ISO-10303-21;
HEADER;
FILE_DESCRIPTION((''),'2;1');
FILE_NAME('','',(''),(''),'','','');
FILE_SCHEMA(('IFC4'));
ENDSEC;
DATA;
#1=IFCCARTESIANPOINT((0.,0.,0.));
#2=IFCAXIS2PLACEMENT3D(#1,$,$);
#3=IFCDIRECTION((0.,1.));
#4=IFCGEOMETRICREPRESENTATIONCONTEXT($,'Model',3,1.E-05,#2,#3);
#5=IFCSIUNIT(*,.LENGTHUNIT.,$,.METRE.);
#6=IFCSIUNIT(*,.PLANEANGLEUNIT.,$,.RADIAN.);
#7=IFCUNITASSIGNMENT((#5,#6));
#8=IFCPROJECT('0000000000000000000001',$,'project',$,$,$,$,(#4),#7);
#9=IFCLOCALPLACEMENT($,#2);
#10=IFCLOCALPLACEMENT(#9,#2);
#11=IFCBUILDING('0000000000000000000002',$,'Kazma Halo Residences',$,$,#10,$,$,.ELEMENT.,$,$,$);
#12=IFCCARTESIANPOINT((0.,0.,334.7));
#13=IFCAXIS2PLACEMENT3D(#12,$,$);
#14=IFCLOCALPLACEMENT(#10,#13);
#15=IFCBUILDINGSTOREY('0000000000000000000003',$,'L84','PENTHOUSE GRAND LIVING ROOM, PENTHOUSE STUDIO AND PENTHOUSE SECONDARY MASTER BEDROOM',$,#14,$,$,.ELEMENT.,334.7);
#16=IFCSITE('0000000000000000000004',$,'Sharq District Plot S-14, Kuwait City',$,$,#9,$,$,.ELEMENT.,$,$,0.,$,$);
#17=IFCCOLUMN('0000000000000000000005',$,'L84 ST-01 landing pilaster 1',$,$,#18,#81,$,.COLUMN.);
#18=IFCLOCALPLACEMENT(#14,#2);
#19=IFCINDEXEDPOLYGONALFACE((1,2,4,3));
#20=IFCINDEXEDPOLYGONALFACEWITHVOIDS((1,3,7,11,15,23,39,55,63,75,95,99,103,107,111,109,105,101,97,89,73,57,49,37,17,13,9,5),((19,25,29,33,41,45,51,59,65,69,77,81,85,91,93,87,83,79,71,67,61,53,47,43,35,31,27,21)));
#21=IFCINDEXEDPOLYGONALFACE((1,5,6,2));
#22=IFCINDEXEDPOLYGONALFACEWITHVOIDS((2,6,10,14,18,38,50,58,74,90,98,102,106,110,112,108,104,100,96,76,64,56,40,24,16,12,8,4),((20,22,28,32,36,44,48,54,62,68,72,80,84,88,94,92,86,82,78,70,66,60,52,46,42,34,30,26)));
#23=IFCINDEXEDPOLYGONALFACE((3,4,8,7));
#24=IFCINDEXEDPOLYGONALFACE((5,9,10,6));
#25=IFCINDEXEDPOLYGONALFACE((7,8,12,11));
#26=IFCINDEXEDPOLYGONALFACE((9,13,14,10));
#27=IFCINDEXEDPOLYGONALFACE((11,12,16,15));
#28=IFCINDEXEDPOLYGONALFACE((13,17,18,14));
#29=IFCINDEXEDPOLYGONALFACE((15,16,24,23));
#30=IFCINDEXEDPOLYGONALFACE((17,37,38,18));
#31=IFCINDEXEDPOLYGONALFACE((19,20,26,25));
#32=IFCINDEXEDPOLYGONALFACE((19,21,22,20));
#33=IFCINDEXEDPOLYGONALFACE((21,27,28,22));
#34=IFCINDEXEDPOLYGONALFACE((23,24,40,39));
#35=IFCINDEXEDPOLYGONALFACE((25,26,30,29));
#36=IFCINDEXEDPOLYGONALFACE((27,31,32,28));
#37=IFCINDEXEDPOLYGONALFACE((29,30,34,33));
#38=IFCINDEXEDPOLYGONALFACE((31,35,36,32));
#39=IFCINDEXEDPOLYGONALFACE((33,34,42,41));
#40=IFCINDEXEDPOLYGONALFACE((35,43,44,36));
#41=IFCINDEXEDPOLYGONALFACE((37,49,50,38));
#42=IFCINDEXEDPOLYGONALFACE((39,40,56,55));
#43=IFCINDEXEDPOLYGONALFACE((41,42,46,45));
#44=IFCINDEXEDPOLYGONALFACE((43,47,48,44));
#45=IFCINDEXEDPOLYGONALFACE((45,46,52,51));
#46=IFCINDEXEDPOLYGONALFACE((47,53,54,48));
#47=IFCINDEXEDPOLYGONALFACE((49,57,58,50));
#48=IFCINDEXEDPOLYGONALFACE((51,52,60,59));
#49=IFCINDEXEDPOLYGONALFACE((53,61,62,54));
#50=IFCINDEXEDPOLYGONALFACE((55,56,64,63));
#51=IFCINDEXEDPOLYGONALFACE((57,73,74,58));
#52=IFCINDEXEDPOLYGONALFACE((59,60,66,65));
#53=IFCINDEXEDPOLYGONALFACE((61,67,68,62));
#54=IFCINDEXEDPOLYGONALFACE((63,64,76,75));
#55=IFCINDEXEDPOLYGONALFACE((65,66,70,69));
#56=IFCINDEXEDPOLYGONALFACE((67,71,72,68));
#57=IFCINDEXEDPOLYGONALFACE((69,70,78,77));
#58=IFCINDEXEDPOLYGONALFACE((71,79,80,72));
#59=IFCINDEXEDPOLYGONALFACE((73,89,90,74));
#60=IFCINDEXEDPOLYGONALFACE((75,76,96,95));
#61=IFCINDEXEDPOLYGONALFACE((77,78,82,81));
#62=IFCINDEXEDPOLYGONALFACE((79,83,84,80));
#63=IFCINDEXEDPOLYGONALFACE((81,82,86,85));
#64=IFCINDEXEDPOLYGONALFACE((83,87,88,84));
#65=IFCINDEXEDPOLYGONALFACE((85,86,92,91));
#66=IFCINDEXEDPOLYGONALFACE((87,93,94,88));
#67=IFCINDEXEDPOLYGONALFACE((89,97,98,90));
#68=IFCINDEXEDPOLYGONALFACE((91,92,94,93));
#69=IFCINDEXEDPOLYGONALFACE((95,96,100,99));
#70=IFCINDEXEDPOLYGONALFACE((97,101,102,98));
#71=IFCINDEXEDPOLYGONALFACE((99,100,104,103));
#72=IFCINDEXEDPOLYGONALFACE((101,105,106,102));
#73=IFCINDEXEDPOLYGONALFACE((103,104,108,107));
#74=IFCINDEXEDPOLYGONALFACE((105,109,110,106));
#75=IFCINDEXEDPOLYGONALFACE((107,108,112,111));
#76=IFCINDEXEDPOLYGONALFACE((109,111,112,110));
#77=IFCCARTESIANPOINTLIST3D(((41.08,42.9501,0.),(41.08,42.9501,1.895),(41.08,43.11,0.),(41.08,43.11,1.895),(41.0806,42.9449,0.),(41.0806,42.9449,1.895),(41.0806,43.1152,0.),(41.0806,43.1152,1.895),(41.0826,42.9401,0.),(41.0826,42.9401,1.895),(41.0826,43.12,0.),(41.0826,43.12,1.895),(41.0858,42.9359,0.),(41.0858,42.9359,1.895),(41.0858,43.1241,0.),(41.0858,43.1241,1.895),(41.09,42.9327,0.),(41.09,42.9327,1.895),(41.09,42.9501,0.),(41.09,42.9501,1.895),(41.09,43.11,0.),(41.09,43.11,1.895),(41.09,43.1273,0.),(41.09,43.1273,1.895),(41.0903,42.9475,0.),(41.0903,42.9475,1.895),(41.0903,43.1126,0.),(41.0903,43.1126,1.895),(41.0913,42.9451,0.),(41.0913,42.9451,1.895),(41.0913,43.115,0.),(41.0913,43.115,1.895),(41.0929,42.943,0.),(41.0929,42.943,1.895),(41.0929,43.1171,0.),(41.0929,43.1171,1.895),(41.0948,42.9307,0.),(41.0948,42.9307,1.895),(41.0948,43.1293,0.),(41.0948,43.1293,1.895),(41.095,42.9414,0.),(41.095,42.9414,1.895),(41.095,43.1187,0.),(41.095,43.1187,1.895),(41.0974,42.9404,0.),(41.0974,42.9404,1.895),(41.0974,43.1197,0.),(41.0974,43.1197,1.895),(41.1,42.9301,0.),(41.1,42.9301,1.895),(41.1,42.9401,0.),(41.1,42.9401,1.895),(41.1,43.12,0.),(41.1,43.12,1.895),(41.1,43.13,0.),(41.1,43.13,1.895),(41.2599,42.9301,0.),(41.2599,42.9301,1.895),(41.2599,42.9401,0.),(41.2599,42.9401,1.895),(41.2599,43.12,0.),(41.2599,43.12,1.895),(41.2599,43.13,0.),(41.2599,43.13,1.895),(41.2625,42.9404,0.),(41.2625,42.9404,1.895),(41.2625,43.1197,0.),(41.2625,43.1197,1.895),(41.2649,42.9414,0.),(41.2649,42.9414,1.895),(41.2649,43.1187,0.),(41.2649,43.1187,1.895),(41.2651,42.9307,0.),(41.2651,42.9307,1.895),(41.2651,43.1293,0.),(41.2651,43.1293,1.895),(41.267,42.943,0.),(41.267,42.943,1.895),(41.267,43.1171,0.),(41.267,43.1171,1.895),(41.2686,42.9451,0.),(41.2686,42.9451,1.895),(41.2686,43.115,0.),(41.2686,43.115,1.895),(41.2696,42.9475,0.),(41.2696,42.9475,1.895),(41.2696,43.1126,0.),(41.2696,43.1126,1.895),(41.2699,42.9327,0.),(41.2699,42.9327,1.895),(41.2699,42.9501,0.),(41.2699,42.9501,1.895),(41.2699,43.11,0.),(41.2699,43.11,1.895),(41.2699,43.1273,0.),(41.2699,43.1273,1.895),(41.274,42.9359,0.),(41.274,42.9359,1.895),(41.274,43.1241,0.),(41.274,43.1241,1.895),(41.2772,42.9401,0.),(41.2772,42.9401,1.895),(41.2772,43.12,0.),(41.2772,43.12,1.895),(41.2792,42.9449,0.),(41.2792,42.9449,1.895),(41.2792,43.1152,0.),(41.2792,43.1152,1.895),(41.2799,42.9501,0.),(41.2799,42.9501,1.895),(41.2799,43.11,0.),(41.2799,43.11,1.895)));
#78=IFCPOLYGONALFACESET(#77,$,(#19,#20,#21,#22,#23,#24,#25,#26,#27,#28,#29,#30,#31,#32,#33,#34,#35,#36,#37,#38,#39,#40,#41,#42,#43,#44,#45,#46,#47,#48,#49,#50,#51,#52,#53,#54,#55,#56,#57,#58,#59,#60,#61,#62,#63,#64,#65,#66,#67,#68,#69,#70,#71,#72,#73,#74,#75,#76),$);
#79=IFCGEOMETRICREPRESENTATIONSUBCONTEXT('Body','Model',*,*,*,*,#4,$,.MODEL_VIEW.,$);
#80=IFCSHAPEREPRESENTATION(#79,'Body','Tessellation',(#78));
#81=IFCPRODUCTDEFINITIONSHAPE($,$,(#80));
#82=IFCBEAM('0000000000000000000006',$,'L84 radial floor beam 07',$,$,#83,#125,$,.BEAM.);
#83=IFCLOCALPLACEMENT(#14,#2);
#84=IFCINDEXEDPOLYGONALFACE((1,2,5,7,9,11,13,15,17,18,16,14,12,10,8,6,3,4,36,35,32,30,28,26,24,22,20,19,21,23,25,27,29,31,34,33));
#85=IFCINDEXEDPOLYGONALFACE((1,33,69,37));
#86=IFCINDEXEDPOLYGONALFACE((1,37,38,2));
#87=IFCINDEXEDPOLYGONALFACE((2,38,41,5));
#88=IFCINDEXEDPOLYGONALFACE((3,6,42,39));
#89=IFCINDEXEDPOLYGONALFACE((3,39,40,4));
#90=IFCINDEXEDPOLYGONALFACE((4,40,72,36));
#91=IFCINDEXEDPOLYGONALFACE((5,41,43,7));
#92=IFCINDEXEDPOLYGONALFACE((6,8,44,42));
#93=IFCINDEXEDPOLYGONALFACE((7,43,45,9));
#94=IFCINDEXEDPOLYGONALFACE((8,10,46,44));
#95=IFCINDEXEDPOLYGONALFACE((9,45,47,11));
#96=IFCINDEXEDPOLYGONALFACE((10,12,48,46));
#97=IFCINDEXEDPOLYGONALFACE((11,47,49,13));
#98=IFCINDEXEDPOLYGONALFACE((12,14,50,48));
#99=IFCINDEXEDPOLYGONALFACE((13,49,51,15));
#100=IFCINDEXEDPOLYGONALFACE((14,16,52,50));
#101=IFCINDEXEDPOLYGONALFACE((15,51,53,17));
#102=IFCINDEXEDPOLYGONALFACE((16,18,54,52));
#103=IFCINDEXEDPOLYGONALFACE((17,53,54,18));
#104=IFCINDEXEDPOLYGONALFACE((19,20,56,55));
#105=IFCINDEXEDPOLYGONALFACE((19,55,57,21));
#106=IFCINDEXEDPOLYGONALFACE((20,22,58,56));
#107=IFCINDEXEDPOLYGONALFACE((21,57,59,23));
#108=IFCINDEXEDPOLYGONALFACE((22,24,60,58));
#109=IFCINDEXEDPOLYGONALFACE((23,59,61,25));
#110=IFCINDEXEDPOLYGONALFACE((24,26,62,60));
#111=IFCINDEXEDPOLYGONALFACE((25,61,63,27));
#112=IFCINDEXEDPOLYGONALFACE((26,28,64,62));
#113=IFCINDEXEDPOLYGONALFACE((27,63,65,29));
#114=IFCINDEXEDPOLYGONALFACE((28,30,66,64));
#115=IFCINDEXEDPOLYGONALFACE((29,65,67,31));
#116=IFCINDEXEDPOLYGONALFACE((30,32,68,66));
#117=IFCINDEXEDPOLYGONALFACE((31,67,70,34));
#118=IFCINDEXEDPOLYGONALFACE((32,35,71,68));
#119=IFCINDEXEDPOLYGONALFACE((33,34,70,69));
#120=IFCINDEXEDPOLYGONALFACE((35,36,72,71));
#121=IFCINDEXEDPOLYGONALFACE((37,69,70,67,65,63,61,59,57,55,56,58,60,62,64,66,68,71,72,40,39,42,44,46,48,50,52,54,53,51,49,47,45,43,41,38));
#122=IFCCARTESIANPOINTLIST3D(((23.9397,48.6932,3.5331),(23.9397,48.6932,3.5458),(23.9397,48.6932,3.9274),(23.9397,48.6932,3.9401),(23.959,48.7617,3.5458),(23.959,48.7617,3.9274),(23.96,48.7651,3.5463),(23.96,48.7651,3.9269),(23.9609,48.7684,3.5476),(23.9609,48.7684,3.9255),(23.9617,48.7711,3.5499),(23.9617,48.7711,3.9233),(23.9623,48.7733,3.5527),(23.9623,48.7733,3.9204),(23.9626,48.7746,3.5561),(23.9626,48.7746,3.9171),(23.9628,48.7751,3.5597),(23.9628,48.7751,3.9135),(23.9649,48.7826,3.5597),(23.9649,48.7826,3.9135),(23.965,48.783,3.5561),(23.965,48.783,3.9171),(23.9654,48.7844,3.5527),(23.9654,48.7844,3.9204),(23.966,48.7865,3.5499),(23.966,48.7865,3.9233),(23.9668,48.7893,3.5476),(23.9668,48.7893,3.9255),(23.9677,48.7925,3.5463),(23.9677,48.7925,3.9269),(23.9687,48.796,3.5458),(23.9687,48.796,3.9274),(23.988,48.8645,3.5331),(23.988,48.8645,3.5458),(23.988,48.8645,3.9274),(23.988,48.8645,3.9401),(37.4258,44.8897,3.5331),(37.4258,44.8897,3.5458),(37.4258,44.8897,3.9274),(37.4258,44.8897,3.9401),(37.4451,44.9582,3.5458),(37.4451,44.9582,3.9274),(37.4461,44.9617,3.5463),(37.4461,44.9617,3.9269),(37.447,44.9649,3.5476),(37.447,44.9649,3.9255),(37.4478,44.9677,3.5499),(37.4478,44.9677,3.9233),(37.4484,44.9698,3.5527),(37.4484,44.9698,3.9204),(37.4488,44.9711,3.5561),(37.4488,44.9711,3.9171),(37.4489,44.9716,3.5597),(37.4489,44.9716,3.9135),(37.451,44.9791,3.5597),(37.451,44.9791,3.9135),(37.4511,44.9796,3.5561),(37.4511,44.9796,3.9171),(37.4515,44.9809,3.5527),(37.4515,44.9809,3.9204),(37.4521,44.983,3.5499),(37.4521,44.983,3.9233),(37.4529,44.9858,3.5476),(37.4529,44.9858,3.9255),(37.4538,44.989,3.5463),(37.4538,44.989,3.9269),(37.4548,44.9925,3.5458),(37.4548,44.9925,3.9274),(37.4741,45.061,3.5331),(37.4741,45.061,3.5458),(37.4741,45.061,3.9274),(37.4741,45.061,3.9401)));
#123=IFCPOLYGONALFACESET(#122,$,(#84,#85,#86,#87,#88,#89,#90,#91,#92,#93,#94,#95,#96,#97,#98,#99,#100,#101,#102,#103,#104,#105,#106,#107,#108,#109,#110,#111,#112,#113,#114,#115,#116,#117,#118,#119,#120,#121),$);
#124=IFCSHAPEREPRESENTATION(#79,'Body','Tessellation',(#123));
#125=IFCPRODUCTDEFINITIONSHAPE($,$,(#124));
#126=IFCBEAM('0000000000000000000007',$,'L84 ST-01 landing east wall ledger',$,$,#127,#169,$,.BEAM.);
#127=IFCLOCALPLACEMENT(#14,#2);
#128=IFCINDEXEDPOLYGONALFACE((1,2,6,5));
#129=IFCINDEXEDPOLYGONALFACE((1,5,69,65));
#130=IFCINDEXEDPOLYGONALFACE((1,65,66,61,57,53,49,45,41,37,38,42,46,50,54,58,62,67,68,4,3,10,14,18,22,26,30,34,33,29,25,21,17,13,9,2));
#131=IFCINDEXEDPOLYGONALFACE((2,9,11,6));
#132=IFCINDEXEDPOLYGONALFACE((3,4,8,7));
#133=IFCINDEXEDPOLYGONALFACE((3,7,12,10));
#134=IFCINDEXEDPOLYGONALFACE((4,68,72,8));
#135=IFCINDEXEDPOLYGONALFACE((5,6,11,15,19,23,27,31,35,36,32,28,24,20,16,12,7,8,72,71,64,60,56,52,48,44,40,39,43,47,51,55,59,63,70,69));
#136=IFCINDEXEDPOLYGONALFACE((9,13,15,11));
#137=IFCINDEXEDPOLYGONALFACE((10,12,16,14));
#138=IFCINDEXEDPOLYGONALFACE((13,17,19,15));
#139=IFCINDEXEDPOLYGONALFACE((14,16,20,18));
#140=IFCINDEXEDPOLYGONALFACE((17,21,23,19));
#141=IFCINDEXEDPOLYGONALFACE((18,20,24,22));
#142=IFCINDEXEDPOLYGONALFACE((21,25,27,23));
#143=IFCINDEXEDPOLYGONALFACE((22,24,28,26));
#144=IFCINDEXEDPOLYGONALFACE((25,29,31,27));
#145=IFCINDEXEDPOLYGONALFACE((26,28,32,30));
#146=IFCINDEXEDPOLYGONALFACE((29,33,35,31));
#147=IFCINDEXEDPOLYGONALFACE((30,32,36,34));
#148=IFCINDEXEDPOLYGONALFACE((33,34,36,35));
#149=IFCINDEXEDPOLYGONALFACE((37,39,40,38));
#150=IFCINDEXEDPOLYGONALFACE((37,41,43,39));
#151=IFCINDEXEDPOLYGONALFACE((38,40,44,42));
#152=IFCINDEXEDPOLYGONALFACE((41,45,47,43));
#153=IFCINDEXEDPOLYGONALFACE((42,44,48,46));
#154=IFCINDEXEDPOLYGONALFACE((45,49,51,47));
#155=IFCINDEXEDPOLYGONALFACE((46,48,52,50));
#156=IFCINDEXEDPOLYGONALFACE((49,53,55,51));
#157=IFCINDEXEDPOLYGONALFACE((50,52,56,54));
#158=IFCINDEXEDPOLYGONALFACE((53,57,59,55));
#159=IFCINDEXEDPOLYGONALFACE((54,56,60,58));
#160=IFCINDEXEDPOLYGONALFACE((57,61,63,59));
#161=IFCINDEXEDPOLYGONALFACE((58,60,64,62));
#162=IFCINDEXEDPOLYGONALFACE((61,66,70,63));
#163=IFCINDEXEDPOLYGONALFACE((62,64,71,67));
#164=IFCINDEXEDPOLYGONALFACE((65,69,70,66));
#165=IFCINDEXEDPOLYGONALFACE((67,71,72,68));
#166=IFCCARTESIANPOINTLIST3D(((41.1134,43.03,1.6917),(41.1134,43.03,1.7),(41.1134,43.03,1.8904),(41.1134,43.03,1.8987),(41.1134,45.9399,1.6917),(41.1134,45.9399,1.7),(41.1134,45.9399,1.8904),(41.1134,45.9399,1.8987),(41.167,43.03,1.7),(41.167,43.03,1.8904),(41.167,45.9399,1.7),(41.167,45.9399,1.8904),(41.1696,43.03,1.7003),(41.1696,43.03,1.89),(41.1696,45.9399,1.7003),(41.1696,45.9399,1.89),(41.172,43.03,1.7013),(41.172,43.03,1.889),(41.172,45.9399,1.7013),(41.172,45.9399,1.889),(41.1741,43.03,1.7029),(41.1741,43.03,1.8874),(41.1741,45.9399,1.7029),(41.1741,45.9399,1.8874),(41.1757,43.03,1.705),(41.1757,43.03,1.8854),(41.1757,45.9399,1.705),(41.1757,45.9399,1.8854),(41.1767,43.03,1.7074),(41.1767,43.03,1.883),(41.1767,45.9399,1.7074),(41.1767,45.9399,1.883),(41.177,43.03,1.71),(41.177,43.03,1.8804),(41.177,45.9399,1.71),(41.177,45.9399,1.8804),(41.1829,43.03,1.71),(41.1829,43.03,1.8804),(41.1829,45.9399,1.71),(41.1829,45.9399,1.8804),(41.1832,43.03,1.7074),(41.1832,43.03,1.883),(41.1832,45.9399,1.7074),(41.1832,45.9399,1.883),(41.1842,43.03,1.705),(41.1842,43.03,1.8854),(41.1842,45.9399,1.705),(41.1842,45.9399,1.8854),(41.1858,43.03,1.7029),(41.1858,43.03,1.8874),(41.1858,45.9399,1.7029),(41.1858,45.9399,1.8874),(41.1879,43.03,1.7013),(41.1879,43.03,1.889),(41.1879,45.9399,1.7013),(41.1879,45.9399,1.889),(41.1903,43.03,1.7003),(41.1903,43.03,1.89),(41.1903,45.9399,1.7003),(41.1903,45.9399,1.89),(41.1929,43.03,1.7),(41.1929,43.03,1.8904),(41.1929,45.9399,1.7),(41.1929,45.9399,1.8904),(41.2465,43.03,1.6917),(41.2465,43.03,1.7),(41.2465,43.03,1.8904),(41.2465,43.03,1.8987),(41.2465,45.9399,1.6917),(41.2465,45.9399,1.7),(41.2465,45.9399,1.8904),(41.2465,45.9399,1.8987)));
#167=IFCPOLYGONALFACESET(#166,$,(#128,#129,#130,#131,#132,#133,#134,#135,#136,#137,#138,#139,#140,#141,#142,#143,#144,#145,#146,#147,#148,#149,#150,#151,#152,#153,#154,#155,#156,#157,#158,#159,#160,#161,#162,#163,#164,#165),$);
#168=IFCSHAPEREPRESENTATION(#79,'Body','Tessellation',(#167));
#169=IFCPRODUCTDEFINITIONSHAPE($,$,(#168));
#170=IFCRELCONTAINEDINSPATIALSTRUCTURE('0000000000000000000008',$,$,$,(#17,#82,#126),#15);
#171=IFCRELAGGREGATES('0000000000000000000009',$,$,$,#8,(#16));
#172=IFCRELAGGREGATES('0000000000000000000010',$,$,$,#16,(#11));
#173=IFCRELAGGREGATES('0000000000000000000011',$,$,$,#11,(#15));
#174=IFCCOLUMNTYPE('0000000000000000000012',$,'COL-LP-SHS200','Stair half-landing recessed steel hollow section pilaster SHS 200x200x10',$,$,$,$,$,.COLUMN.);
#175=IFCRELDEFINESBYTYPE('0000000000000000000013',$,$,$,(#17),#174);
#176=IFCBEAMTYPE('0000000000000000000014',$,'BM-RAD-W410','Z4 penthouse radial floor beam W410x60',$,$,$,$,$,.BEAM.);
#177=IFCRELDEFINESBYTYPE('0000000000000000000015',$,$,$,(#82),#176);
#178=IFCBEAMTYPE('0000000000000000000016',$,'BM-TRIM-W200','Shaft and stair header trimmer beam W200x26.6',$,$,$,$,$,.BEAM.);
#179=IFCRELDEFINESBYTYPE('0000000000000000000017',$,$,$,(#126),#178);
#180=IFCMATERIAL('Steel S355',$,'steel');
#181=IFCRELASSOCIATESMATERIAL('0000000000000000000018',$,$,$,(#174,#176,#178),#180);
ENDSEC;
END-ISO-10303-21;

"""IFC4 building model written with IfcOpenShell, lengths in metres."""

from ifc_helpers import new_model, si_unit, direction, frame, origin, origin_2d, place, context, subcontext, project, spatial, hollow_rectangle, i_section, extrude, material, material_profile, profile_set, type_object, element, save


model = new_model("IFC4")

# Units and contexts
model_context = context("Model", 3, precision=1e-05, world=origin(), true_north=direction((0.0, 1.0)))
body_context = subcontext(model_context, "Body", "Model", "MODEL_VIEW")
ifc_project = project(units=[si_unit("LENGTHUNIT", "METRE"), si_unit("PLANEANGLEUNIT", "RADIAN")], contexts=[model_context])

# Site, building, storey
site_placement = place(None, origin())
site = spatial("IfcSite", under=ifc_project, at=site_placement, Name="Sharq District Plot S-14, Kuwait City", CompositionType="ELEMENT", RefElevation=0.0)
building_placement = place(site_placement, origin())
building = spatial("IfcBuilding", under=site, at=building_placement, Name="Kazma Halo Residences", CompositionType="ELEMENT")
storey_placement = place(building_placement, frame((0.0, 0.0, 334.7)))
storey = spatial("IfcBuildingStorey", under=building, at=storey_placement, Name="L84", Description="PENTHOUSE GRAND LIVING ROOM, PENTHOUSE STUDIO AND PENTHOUSE SECONDARY MASTER BEDROOM", CompositionType="ELEMENT", Elevation=334.7)

# Column
ifc_material_1 = material(Name="Steel S355", Category="steel")
ifc_material_profile_1 = material_profile(ifc_material_1, hollow_rectangle(XDim=0.2, YDim=0.2, WallThickness=0.01, InnerFilletRadius=0.01, OuterFilletRadius=0.02, at=origin_2d()), Name="SHS200x200x10")
ifc_profile_set_1 = profile_set([ifc_material_profile_1], Name="Steel S355")
column_type = type_object("IfcColumnType", Name="COL-LP-SHS200", Description="Stair half-landing recessed steel hollow section pilaster SHS 200x200x10", PredefinedType="COLUMN", material=ifc_profile_set_1)
column_placement = place(storey_placement, frame((41.1799, 43.03, 0.0), z_axis=(0.0, 0.0, 1.0), x_axis=(1.0, 0.0, 0.0)))
element("IfcColumn", 1, at=column_placement, inside=storey, type_object=column_type, Name="L84 ST-01 landing pilaster 1", PredefinedType="COLUMN", context=body_context, shape_type="SweptSolid", body=[
    extrude(hollow_rectangle(XDim=0.2, YDim=0.2, WallThickness=0.01, InnerFilletRadius=0.01, OuterFilletRadius=0.02, at=origin_2d()), origin(), (0.0, 0.0, 1.0), 1.895),
])

# Beams
ifc_material_profile_2 = material_profile(ifc_material_1, i_section(OverallWidth=0.178, OverallDepth=0.407, WebThickness=0.0078, FlangeThickness=0.0127, FilletRadius=0.0139, at=origin_2d()), Name="W410x60")
ifc_profile_set_2 = profile_set([ifc_material_profile_2], Name="Steel S355")
beam_type_1 = type_object("IfcBeamType", Name="BM-RAD-W410", Description="Z4 penthouse radial floor beam W410x60", PredefinedType="BEAM", material=ifc_profile_set_2)
beam_1_placement = place(storey_placement, frame((37.45, 44.9753, 3.7366), z_axis=(-0.962455, 0.27144, 0.0), x_axis=(-0.27144, -0.962455, 0.0)))
element("IfcBeam", 2, at=beam_1_placement, inside=storey, type_object=beam_type_1, Name="L84 radial floor beam 07", PredefinedType="BEAM", context=body_context, shape_type="SweptSolid", body=[
    extrude(i_section(OverallWidth=0.178, OverallDepth=0.407, WebThickness=0.0078, FlangeThickness=0.0127, FilletRadius=0.0139, at=origin_2d()), origin(), (0.0, 0.0, 1.0), 14.0122),
])
ifc_material_profile_3 = material_profile(ifc_material_1, i_section(OverallWidth=0.1331, OverallDepth=0.207, WebThickness=0.0059, FlangeThickness=0.0083, FilletRadius=0.01, at=origin_2d()), Name="W200x26.6")
ifc_profile_set_3 = profile_set([ifc_material_profile_3], Name="Steel S355")
beam_type_2 = type_object("IfcBeamType", Name="BM-TRIM-W200", Description="Shaft and stair header trimmer beam W200x26.6", PredefinedType="BEAM", material=ifc_profile_set_3)
beam_2_placement = place(storey_placement, frame((41.1799, 43.03, 1.7952), z_axis=(0.0, 1.0, 0.0), x_axis=(-1.0, 0.0, 0.0)))
element("IfcBeam", 3, at=beam_2_placement, inside=storey, type_object=beam_type_2, Name="L84 ST-01 landing east wall ledger", PredefinedType="BEAM", context=body_context, shape_type="SweptSolid", body=[
    extrude(i_section(OverallWidth=0.1331, OverallDepth=0.207, WebThickness=0.0059, FlangeThickness=0.0083, FilletRadius=0.01, at=origin_2d()), origin(), (0.0, 0.0, 1.0), 2.9099),
])

save(model, "model.ifc")
